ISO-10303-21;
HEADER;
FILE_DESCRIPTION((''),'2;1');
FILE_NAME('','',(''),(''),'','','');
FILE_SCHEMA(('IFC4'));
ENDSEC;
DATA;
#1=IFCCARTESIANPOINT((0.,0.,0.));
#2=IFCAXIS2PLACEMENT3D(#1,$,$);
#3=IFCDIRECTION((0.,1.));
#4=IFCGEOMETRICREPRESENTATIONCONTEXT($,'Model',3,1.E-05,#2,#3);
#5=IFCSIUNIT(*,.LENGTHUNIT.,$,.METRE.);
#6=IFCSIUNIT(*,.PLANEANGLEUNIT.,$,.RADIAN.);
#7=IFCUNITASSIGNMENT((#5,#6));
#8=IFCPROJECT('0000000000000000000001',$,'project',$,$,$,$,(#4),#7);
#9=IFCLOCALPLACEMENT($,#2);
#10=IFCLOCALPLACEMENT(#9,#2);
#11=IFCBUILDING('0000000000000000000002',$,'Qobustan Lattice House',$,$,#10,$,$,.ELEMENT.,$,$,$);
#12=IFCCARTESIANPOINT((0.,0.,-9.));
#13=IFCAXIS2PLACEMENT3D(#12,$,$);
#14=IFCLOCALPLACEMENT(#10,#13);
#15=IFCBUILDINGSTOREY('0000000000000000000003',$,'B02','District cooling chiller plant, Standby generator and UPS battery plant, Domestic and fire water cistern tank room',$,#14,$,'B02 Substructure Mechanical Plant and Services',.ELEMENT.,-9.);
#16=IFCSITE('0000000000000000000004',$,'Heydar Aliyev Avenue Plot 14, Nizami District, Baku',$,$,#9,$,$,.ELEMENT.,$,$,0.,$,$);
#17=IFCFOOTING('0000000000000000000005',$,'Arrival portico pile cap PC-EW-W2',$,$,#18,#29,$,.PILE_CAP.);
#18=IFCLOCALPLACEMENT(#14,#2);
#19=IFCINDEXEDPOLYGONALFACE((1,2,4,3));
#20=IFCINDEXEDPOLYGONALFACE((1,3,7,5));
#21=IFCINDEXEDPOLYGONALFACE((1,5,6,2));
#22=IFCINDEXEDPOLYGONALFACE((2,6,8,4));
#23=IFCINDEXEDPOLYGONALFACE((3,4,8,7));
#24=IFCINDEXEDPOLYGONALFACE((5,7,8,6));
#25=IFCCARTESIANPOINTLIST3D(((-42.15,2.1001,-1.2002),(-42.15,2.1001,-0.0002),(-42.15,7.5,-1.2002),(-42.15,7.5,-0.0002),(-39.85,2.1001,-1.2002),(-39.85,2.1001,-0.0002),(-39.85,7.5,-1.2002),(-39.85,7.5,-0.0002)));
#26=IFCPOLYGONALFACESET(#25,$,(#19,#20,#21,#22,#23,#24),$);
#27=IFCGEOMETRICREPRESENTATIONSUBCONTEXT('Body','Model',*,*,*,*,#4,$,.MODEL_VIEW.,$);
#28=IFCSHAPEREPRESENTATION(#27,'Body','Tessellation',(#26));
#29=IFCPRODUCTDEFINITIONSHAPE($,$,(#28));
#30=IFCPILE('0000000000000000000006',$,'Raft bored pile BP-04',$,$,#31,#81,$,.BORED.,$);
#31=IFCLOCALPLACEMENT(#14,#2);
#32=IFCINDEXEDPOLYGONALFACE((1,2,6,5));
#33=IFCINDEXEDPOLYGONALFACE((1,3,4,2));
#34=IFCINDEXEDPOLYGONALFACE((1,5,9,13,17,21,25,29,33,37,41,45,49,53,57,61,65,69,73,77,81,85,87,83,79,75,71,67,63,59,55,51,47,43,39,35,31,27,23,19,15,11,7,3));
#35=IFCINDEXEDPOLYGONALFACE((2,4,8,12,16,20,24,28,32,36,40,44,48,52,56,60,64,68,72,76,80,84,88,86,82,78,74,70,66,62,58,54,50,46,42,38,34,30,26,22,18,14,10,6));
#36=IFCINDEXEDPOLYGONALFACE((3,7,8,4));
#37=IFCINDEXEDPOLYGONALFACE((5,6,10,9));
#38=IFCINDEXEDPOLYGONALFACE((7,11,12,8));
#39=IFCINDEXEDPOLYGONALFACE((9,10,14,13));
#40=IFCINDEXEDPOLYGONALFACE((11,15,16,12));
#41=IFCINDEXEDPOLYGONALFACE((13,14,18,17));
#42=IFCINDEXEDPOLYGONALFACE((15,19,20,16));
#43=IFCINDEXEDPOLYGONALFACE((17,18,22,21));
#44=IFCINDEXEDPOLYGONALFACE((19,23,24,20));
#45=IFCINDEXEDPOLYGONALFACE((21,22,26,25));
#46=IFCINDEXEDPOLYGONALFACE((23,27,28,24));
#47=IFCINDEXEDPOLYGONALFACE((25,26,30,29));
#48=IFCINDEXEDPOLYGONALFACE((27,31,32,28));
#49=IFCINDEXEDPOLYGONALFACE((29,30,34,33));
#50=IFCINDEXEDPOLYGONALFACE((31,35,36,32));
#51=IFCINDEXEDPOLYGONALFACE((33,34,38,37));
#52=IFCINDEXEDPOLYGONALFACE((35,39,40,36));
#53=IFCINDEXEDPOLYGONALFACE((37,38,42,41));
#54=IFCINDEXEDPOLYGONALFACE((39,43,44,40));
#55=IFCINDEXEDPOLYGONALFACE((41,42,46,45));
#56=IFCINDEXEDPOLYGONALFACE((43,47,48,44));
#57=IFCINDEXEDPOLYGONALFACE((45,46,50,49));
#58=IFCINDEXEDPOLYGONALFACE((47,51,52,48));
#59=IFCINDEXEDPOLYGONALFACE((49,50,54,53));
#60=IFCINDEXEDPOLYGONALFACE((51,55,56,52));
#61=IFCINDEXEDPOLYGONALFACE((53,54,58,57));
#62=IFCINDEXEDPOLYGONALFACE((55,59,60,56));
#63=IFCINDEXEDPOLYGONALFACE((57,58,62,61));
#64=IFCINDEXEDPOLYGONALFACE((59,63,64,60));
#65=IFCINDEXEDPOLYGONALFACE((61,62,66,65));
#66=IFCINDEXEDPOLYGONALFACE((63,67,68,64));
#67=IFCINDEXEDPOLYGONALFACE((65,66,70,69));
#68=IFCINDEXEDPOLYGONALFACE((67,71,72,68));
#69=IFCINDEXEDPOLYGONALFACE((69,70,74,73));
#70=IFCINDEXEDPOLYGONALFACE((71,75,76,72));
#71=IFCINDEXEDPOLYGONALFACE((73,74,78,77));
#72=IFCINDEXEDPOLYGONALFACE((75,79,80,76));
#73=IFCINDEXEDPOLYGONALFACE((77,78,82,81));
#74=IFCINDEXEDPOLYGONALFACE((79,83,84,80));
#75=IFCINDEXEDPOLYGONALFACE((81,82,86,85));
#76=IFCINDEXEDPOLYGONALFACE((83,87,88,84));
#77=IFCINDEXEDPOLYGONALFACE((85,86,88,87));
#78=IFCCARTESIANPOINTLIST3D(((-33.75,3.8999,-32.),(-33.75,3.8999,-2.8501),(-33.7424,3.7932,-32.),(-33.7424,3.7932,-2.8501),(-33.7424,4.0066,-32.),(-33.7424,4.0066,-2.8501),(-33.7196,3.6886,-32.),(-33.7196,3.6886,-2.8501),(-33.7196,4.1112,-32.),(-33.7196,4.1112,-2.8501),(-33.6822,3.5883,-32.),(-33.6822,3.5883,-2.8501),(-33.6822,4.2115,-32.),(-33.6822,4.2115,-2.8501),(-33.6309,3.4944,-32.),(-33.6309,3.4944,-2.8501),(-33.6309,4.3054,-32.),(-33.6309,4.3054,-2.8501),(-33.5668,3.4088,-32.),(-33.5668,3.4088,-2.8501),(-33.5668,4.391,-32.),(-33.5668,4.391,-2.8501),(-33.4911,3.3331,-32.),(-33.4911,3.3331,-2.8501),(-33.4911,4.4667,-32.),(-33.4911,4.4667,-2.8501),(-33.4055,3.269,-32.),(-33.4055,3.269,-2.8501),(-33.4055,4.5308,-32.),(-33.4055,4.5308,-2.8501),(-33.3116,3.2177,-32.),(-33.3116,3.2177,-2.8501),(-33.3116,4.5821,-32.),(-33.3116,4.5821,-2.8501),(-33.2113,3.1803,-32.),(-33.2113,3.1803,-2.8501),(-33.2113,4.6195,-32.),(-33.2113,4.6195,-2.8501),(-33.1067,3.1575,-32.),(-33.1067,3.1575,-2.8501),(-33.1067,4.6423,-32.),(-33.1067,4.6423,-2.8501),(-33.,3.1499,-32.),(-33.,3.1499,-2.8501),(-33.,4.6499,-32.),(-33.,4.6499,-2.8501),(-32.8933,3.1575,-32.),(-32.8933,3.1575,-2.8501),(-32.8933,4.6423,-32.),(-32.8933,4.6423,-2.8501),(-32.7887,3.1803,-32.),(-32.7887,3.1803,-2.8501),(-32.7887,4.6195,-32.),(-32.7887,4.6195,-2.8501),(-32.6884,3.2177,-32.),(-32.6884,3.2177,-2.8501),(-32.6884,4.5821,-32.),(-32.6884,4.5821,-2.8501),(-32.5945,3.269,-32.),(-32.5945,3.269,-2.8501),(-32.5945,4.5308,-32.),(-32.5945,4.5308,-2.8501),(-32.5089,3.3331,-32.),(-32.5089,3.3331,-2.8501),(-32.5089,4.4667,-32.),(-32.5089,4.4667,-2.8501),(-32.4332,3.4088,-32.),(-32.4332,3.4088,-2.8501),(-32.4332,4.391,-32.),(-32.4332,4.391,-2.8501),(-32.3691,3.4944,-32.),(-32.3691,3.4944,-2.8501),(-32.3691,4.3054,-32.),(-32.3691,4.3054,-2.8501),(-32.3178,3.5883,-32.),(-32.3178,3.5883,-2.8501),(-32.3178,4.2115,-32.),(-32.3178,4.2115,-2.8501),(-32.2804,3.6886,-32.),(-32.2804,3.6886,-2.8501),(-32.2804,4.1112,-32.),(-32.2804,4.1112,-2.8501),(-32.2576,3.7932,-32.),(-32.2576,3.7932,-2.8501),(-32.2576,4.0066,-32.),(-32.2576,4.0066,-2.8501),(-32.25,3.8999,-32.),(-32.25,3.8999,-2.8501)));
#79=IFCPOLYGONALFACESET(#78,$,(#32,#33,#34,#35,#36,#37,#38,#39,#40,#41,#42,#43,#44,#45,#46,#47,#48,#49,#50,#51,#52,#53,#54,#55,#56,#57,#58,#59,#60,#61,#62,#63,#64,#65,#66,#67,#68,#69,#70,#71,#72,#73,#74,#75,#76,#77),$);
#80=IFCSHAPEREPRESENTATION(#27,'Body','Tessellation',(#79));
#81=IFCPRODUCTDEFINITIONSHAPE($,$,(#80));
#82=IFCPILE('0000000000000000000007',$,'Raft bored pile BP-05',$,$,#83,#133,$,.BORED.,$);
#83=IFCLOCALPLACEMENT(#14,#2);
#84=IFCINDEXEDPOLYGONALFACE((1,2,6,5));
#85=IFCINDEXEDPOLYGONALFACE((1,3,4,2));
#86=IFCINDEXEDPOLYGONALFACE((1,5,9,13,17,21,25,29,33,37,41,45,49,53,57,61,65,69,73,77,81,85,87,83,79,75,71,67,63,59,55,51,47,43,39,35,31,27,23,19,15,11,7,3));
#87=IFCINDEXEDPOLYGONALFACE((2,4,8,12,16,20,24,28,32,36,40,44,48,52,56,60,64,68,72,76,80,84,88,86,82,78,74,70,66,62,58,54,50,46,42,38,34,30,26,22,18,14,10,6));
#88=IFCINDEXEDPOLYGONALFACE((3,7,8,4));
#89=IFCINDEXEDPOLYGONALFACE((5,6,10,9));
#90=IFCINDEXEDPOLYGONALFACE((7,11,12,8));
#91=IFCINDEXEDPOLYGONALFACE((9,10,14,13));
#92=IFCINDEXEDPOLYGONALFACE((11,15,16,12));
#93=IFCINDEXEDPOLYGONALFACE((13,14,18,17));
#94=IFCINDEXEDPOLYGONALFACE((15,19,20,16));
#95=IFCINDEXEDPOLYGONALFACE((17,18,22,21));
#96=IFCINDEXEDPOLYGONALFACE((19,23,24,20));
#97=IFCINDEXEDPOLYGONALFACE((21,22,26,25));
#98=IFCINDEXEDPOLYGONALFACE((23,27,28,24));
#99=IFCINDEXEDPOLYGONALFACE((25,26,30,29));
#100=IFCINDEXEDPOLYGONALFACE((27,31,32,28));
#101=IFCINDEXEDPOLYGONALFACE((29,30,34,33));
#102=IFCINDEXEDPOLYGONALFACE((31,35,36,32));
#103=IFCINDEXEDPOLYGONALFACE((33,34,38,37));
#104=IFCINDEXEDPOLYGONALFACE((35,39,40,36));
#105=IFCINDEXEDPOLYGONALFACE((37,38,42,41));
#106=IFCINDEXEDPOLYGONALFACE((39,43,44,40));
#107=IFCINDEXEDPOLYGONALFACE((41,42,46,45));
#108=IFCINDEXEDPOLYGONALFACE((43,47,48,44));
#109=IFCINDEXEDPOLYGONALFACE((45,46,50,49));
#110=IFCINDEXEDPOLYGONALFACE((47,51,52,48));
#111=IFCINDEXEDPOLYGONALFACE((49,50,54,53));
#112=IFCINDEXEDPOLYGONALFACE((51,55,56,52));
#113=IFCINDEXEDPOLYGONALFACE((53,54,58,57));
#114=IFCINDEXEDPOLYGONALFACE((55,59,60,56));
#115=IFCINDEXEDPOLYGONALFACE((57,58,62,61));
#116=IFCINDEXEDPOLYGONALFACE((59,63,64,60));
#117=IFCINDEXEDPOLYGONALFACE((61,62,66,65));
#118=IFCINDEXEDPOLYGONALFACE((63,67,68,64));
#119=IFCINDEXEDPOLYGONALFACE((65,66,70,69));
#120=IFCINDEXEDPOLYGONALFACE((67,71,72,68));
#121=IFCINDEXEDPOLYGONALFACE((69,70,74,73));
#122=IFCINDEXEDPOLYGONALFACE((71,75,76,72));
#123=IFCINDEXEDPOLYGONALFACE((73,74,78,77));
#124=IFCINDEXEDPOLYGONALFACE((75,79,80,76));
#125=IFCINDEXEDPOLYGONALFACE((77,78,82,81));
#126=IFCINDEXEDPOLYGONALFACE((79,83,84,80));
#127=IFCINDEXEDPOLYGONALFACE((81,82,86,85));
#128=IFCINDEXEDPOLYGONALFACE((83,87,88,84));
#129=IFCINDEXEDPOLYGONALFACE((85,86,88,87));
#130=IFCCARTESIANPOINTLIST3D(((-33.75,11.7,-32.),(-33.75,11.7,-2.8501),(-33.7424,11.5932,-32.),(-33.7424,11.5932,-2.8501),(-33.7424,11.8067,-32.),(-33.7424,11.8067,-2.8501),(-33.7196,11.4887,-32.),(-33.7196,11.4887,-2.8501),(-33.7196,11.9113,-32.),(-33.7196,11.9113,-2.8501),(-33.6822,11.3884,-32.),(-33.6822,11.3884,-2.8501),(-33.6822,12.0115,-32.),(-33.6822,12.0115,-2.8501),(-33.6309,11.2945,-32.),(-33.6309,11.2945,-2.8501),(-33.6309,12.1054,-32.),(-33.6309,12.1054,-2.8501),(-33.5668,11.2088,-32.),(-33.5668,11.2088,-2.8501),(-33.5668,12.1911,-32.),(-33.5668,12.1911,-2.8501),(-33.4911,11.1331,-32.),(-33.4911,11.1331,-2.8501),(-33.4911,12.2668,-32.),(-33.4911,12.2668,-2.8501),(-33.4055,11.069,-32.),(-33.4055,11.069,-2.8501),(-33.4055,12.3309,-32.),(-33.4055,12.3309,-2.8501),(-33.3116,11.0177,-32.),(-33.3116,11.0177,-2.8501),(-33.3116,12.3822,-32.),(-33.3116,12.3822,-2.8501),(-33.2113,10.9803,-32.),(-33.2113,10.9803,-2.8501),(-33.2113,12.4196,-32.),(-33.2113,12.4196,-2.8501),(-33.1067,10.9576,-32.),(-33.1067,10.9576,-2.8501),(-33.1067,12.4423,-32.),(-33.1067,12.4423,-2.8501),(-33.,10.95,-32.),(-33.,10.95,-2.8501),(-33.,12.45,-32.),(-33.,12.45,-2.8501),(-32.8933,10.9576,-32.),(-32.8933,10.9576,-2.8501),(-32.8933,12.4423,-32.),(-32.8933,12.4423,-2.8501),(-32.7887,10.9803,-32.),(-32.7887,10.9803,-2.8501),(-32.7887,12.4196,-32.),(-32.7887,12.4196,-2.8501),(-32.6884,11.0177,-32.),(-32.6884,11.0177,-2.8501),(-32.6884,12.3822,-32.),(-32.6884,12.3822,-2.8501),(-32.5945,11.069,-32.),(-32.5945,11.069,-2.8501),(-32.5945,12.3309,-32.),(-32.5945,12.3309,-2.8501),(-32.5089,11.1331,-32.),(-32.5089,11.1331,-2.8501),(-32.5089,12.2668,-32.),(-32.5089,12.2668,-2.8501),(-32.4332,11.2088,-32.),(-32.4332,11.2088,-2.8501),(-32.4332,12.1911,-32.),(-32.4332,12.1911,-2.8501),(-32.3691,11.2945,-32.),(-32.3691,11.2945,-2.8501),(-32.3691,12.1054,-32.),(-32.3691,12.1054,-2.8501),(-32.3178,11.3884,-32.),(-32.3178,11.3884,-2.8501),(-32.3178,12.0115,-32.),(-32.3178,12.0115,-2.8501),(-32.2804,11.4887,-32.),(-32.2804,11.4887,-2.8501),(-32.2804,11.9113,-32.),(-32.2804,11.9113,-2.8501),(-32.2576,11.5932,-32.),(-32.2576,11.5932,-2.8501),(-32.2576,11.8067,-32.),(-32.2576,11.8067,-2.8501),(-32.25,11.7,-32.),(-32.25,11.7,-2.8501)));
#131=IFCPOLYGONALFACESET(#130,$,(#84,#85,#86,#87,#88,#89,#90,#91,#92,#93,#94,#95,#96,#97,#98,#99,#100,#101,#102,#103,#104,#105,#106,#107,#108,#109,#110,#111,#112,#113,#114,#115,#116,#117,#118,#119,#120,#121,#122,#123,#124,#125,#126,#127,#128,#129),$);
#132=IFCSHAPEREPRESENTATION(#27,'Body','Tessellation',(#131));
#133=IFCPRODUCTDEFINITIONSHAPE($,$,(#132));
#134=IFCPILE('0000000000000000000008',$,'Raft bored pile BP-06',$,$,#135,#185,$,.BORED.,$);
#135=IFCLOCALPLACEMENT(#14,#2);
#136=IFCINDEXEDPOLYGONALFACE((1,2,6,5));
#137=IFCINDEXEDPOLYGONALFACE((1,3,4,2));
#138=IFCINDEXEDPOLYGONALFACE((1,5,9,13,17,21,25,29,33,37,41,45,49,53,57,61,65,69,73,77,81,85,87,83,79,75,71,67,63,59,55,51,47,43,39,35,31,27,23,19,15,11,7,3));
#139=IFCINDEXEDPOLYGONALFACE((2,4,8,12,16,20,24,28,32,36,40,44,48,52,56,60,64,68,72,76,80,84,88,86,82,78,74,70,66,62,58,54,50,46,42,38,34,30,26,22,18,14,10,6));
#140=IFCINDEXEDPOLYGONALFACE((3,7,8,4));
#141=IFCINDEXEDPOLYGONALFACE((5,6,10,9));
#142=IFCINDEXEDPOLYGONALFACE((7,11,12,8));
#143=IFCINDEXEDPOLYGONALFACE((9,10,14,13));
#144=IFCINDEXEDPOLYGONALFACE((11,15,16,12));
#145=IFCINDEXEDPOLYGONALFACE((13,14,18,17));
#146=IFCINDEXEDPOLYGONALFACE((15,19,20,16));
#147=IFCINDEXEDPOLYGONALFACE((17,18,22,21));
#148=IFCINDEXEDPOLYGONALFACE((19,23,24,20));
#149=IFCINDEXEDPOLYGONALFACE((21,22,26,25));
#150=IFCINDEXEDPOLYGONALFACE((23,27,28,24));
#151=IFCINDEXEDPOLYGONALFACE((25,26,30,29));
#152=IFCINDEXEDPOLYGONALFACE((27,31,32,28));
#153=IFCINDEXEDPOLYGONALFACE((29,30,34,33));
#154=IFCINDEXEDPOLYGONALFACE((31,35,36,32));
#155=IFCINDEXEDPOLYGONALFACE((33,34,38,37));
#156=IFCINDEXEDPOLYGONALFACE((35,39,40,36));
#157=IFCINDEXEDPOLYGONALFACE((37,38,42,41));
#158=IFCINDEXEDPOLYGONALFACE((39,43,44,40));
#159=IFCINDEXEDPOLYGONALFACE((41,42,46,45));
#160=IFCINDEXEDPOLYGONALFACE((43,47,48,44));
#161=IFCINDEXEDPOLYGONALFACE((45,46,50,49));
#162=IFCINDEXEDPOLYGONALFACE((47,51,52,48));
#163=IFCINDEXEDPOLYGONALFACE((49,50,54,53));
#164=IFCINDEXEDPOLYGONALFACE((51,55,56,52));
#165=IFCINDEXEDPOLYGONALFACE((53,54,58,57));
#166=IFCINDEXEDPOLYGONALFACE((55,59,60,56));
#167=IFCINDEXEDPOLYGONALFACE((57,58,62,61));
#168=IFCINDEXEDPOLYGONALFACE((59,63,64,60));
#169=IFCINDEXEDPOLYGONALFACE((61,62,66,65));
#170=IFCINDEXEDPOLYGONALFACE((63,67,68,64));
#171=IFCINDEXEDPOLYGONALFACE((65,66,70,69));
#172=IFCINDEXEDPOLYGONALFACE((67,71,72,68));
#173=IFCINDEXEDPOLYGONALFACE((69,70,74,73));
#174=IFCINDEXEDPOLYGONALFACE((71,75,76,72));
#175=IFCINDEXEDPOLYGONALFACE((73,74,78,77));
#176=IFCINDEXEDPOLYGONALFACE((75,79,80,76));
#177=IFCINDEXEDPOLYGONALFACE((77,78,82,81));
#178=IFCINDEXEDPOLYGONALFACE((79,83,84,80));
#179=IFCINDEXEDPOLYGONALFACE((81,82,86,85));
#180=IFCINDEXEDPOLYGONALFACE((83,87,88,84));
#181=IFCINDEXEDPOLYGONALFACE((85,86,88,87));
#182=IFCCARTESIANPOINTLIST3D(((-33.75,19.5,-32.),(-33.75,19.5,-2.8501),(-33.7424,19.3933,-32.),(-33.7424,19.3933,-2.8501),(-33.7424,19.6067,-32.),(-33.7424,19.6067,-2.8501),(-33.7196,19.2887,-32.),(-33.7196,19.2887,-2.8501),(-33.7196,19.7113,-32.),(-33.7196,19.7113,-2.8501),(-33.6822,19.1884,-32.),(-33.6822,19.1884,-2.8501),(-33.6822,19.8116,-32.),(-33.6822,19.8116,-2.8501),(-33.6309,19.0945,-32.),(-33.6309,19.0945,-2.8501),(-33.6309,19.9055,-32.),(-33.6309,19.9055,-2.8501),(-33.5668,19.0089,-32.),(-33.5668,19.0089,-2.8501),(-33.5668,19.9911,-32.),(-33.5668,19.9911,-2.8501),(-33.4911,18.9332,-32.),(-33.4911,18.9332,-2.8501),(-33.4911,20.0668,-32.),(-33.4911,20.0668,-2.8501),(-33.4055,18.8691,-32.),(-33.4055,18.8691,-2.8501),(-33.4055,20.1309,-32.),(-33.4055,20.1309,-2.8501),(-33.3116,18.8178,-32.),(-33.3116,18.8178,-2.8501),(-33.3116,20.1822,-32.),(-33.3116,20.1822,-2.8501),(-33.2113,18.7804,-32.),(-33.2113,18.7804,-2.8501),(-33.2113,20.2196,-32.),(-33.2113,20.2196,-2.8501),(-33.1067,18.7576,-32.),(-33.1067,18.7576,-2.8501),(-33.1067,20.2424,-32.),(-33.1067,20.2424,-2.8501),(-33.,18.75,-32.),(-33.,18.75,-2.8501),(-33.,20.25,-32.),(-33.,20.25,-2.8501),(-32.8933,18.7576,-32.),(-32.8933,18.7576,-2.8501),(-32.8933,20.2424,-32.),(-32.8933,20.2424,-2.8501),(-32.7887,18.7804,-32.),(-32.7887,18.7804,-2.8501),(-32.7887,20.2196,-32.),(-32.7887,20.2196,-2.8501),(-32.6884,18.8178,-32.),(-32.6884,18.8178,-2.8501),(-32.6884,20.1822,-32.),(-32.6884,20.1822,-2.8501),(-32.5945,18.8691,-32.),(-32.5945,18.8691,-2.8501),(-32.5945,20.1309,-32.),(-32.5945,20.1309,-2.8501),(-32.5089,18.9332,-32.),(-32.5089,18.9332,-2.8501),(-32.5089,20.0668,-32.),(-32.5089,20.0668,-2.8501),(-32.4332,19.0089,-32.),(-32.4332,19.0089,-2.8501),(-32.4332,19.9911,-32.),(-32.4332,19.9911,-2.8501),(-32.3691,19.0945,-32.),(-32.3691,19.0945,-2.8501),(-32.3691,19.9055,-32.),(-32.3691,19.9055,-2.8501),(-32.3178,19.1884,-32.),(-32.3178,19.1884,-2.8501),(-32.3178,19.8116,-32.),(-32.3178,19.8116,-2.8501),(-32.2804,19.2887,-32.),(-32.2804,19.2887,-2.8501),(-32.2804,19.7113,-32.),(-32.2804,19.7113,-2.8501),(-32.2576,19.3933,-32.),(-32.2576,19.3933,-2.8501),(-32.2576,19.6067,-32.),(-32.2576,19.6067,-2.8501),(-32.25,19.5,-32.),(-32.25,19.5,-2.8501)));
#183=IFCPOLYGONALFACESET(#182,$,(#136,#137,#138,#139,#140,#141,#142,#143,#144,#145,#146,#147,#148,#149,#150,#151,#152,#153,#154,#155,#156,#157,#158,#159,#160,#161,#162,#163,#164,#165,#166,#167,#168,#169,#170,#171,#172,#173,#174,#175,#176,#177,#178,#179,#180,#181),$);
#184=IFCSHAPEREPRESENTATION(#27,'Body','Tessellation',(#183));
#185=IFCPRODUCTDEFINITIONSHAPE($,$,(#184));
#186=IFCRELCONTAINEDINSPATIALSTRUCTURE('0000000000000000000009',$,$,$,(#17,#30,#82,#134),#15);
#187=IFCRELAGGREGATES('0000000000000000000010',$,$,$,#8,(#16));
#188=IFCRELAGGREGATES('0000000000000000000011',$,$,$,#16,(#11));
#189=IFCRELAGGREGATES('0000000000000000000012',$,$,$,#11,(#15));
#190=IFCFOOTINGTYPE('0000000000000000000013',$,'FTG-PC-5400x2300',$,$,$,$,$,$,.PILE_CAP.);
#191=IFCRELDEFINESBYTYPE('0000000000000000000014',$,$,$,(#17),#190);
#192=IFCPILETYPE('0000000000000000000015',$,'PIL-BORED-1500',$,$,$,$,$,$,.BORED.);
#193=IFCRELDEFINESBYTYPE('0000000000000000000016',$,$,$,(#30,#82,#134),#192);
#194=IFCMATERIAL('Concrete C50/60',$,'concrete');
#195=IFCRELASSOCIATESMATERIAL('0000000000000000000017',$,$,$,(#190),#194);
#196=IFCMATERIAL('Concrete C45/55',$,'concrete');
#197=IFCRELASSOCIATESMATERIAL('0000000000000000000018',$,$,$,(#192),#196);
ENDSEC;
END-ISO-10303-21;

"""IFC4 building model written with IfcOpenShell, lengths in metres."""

from ifc_helpers import new_model, si_unit, direction, frame, origin, origin_2d, place, context, subcontext, project, spatial, rectangle, circle, extrude, material, material_profile, profile_set, type_object, element, save


model = new_model("IFC4")

# Units and contexts
model_context = context("Model", 3, precision=1e-05, world=origin(), true_north=direction((0.0, 1.0)))
body_context = subcontext(model_context, "Body", "Model", "MODEL_VIEW")
ifc_project = project(units=[si_unit("LENGTHUNIT", "METRE"), si_unit("PLANEANGLEUNIT", "RADIAN")], contexts=[model_context])

# Site, building, storey
site_placement = place(None, origin())
site = spatial("IfcSite", under=ifc_project, at=site_placement, Name="Heydar Aliyev Avenue Plot 14, Nizami District, Baku", CompositionType="ELEMENT", RefElevation=0.0)
building_placement = place(site_placement, origin())
building = spatial("IfcBuilding", under=site, at=building_placement, Name="Qobustan Lattice House", CompositionType="ELEMENT")
storey_placement = place(building_placement, frame((0.0, 0.0, -9.0)))
storey = spatial("IfcBuildingStorey", under=building, at=storey_placement, Name="B02", Description="District cooling chiller plant, Standby generator and UPS battery plant, Domestic and fire water cistern tank room", LongName="B02 Substructure Mechanical Plant and Services", CompositionType="ELEMENT", Elevation=-9.0)

# Footing
ifc_material_1 = material(Name="Concrete C50/60", Category="concrete")
footing_type = type_object("IfcFootingType", Name="FTG-PC-5400x2300", PredefinedType="PILE_CAP", material=ifc_material_1)
footing_placement = place(storey_placement, frame((-41.0, 4.8, -1.2002), z_axis=(0.0, 0.0, 1.0), x_axis=(1.0, 0.0, 0.0)))
element("IfcFooting", 1, at=footing_placement, inside=storey, type_object=footing_type, Name="Arrival portico pile cap PC-EW-W2", PredefinedType="PILE_CAP", context=body_context, shape_type="SweptSolid", body=[
    extrude(rectangle(XDim=2.3, YDim=5.3999, at=origin_2d()), origin(), (0.0, 0.0, 1.0), 1.2),
])

# Piles
ifc_material_2 = material(Name="Concrete C45/55", Category="concrete")
ifc_material_profile_1 = material_profile(ifc_material_2, circle(Radius=0.75, at=origin_2d()), Name="PILE-D1500")
ifc_profile_set_1 = profile_set([ifc_material_profile_1], Name="Concrete C45/55")
pile_type = type_object("IfcPileType", Name="PIL-BORED-1500", PredefinedType="BORED", material=ifc_profile_set_1)
for number, where, z_axis, x_axis, name in (
    (2, (-33.0, 3.8999, -2.8501), (0.0, 0.0, -1.0), (1.0, 0.0, 0.0), "Raft bored pile BP-04"),
    (3, (-33.0, 11.7, -2.8501), (0.0, 0.0, -1.0), (1.0, 0.0, 0.0), "Raft bored pile BP-05"),
    (4, (-33.0, 19.5, -2.8501), (0.0, 0.0, -1.0), (1.0, 0.0, 0.0), "Raft bored pile BP-06"),
):
    element("IfcPile", number, at=place(storey_placement, frame(where, z_axis=z_axis, x_axis=x_axis)), inside=storey, type_object=pile_type, Name=name, PredefinedType="BORED", context=body_context, shape_type="SweptSolid", body=[
        extrude(circle(Radius=0.75, at=origin_2d()), origin(), (0.0, 0.0, 1.0), 29.1499),
    ])

save(model, "model.ifc")
